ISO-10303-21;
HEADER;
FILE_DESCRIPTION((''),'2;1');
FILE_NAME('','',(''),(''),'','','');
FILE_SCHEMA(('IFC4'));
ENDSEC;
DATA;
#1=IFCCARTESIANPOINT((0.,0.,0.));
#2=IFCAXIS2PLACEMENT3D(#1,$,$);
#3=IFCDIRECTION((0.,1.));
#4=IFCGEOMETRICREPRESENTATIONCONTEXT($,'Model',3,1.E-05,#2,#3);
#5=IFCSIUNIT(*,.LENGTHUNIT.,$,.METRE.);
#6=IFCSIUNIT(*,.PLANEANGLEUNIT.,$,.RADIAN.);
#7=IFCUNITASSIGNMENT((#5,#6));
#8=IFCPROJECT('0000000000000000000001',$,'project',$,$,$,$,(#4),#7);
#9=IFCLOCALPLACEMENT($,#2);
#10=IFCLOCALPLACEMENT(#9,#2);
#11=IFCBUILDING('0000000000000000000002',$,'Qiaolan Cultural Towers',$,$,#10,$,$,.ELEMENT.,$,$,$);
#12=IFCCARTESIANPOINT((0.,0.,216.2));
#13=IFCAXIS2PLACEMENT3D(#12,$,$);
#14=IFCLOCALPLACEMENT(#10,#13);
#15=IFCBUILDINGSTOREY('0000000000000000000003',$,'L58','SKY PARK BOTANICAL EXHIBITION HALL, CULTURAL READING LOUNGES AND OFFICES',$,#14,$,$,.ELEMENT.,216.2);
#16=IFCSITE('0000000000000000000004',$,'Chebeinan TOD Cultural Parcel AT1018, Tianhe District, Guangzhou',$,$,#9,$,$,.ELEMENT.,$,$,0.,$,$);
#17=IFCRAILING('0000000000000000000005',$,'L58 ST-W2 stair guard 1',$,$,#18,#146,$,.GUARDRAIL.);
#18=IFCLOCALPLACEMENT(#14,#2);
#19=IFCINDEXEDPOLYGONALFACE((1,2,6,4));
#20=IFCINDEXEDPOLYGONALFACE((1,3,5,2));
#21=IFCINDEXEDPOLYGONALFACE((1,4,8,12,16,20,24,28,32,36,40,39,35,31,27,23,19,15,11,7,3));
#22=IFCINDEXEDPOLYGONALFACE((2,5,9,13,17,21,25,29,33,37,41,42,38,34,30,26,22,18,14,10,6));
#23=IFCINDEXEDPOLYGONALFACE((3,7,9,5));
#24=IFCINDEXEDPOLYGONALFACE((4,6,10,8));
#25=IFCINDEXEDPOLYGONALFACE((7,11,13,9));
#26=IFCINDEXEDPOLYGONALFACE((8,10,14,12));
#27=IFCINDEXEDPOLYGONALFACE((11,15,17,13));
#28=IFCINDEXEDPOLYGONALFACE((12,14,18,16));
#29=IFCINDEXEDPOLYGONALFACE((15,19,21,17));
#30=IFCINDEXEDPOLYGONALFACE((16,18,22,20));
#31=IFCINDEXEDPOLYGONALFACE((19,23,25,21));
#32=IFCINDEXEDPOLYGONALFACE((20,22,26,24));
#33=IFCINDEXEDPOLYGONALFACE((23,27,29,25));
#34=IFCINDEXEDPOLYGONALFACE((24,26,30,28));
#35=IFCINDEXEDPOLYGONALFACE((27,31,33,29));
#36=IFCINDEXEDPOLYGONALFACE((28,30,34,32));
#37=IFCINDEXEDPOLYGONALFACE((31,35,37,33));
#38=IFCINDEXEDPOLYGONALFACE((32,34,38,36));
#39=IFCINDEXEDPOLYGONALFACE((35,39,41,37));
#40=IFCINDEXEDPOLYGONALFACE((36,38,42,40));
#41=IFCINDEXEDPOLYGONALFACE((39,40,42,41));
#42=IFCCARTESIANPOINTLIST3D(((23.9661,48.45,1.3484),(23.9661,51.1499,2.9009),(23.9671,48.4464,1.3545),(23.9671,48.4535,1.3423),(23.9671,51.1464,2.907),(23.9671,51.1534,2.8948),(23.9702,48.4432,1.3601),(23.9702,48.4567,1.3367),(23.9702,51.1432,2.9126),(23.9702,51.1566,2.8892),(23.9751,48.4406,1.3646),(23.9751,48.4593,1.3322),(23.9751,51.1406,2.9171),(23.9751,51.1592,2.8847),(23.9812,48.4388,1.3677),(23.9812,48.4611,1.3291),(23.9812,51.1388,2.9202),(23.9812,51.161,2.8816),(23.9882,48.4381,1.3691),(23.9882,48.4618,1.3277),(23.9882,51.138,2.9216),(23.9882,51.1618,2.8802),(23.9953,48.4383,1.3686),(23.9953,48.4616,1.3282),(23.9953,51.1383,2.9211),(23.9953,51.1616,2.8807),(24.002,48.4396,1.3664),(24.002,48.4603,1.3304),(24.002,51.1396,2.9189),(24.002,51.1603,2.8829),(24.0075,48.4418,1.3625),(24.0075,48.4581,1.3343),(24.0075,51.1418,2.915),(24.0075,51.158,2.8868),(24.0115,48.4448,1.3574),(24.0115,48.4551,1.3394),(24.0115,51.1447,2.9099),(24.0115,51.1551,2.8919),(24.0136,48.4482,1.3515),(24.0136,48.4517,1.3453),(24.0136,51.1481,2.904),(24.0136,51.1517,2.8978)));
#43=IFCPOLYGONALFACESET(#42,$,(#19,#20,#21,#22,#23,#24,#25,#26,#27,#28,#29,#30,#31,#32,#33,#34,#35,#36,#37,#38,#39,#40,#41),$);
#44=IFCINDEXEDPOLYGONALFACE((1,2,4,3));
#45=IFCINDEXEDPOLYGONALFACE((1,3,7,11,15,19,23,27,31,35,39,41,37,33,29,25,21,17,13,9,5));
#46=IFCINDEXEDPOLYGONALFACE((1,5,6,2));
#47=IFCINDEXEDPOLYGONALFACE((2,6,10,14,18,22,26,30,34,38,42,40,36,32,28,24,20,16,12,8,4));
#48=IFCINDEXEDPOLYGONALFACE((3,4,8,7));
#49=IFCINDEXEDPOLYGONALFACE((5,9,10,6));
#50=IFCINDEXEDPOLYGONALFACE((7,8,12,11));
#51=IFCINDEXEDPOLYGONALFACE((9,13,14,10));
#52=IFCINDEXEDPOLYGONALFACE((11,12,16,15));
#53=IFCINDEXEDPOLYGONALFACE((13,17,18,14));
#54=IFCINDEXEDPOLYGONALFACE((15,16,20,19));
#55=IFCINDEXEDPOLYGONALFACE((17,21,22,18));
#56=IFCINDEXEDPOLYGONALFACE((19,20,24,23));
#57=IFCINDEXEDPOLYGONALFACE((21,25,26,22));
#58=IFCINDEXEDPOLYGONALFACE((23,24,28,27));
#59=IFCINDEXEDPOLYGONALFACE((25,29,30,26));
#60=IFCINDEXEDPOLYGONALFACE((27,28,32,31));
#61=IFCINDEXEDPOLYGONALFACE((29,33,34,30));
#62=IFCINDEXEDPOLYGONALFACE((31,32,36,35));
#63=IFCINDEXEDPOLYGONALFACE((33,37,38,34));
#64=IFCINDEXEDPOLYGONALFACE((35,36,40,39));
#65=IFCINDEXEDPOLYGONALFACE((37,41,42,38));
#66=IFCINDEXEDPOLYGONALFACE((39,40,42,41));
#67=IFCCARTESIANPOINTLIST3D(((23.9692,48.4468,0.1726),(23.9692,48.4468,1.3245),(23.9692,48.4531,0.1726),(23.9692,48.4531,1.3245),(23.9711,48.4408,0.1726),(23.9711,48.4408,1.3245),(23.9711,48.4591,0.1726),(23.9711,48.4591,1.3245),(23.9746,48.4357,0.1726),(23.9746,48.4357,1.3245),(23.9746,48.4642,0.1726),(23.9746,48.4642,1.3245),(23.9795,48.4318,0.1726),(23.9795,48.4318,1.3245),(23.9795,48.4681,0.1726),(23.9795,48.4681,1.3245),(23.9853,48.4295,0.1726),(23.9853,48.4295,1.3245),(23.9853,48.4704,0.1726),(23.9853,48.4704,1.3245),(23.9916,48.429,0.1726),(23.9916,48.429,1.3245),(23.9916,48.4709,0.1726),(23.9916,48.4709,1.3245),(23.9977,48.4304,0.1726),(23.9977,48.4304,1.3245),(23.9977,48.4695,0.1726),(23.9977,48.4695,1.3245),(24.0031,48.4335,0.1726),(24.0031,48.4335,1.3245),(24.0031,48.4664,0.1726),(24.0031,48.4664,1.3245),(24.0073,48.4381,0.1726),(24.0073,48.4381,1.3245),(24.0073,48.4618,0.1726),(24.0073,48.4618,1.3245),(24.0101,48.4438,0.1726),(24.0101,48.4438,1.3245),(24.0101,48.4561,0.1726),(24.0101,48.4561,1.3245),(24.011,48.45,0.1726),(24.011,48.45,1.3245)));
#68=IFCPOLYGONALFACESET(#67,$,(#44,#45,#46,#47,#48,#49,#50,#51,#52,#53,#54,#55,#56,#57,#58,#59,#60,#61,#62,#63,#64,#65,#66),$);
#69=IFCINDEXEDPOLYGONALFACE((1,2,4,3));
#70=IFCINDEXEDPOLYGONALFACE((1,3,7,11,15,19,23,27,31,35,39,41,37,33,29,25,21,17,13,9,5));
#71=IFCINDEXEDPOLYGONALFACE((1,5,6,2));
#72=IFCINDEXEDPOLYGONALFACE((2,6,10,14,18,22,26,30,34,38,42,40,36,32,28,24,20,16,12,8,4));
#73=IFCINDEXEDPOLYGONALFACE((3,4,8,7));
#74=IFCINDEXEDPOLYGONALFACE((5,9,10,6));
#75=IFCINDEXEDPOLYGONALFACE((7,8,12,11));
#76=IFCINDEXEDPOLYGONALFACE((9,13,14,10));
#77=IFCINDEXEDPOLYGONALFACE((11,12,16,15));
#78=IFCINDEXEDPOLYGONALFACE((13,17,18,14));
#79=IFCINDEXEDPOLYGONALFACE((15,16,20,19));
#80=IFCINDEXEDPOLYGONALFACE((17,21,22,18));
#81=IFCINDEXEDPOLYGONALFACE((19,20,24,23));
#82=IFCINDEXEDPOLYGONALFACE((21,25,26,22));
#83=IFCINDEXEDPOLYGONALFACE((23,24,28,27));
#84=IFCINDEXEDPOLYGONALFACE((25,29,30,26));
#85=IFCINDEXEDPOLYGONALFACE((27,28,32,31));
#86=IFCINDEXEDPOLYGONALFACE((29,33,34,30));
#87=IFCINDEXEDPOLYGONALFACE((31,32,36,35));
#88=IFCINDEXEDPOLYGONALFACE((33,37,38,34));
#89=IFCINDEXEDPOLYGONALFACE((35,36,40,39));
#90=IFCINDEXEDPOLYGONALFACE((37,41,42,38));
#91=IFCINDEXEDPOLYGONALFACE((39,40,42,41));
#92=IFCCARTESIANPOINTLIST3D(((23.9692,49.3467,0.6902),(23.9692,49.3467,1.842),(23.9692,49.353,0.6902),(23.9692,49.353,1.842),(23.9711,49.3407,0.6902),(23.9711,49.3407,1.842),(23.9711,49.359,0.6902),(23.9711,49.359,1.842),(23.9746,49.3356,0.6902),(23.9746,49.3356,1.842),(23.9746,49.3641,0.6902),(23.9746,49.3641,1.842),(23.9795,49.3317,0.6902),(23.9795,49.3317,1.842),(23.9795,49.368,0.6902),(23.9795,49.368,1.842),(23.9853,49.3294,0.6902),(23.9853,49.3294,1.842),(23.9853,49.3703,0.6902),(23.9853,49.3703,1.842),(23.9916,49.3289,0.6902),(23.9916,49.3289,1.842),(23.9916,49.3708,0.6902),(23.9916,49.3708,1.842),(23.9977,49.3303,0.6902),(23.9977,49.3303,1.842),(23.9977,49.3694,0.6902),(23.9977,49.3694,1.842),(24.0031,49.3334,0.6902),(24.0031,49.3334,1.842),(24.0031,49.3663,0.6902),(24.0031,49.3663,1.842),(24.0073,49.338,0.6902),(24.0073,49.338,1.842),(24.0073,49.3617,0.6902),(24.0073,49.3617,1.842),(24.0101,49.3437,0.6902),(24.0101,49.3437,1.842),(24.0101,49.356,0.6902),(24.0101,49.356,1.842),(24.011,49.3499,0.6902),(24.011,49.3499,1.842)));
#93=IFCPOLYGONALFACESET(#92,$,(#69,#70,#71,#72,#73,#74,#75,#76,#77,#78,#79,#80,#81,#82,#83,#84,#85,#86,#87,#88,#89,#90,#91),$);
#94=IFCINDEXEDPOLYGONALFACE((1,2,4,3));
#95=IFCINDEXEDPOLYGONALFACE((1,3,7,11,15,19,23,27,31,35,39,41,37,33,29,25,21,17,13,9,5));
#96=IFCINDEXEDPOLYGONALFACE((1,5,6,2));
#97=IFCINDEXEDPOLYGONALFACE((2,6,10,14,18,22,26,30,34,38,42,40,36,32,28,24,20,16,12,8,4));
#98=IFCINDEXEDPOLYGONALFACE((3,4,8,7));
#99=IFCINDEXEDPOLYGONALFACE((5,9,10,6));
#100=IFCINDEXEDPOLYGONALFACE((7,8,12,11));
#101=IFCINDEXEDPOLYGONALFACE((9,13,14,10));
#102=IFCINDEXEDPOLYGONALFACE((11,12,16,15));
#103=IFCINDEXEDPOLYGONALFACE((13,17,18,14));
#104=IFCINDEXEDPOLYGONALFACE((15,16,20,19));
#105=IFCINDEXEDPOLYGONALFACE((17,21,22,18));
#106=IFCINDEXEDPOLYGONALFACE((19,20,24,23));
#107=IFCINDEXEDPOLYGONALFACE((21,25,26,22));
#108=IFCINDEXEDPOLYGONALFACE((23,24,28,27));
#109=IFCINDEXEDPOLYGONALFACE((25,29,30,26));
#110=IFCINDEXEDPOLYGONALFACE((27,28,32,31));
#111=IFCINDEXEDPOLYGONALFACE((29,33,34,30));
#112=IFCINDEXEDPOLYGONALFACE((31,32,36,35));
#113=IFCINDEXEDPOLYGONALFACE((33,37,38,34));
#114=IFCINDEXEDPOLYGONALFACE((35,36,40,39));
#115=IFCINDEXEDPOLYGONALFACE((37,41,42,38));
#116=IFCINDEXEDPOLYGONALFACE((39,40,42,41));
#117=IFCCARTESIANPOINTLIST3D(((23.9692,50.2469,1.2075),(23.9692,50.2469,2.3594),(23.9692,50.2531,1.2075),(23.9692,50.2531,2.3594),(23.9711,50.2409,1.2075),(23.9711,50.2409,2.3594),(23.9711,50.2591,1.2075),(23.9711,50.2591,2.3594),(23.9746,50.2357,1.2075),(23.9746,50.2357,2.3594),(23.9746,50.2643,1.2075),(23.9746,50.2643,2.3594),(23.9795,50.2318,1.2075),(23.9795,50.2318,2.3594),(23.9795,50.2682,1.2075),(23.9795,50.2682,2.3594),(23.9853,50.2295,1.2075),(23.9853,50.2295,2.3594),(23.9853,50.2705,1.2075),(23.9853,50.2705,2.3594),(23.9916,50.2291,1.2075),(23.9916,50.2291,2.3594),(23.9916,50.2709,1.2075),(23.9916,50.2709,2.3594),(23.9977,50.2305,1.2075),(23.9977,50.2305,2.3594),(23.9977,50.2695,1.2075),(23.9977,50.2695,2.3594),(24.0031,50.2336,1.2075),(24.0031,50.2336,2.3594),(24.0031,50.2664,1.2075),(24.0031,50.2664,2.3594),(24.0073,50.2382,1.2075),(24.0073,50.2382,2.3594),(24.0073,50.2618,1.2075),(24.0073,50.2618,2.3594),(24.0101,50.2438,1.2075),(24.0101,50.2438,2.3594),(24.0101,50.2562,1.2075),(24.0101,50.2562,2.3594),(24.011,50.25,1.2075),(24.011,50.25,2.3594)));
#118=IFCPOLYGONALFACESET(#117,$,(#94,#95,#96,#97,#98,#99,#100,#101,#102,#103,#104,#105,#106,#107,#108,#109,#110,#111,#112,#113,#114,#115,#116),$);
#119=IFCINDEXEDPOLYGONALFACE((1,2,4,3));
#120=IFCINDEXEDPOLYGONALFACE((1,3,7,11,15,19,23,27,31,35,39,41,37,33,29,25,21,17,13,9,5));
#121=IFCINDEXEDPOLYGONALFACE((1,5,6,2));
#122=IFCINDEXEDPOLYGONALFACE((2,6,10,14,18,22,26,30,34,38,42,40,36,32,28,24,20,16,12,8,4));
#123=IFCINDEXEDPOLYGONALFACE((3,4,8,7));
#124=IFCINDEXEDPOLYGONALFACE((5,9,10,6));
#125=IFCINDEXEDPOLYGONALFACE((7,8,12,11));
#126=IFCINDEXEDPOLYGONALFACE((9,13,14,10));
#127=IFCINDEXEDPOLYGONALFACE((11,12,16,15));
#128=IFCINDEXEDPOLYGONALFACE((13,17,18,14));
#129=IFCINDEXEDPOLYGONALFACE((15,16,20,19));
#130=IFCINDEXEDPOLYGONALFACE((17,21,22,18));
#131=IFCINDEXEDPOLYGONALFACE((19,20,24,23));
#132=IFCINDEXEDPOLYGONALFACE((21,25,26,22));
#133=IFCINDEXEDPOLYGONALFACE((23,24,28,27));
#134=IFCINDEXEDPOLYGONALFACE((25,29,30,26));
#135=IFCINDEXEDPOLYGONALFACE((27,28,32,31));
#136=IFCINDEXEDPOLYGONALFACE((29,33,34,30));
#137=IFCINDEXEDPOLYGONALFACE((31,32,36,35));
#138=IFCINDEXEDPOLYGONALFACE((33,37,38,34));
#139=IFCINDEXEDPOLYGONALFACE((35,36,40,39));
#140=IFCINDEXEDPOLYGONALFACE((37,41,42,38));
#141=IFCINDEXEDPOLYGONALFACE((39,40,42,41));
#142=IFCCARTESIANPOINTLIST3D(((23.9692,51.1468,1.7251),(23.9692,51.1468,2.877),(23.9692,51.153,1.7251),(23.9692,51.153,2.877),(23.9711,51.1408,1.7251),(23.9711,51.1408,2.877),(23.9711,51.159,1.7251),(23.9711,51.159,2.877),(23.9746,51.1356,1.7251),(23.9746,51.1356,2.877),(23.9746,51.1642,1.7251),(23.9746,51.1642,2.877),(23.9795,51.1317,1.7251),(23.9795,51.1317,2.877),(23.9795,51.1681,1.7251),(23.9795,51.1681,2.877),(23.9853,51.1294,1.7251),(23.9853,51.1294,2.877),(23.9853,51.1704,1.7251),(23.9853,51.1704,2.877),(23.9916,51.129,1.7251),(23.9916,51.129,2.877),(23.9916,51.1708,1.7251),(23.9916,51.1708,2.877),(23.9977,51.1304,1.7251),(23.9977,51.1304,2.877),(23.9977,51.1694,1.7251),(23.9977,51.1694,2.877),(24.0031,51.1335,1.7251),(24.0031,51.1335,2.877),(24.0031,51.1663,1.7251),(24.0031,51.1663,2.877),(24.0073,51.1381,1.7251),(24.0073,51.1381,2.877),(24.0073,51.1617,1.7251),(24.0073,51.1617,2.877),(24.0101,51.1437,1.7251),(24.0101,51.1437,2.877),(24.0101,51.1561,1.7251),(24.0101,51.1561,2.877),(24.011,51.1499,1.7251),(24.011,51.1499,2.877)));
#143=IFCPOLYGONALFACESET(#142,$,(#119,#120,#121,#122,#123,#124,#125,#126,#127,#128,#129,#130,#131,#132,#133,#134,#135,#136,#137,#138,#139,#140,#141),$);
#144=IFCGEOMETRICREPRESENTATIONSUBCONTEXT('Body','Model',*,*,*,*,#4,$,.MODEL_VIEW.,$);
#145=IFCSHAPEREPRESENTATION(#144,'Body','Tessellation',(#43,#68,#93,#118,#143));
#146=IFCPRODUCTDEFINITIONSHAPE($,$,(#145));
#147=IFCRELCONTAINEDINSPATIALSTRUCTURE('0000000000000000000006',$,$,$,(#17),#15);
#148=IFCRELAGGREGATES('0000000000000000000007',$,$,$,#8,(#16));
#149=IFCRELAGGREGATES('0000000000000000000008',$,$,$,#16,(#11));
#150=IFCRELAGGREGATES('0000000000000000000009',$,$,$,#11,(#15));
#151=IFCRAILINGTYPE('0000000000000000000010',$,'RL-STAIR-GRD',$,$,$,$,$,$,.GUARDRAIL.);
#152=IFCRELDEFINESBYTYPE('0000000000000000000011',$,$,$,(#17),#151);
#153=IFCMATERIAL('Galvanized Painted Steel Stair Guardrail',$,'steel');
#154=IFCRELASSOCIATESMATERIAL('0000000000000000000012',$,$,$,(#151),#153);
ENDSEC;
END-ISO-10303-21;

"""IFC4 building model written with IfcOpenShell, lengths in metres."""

from ifc_helpers import new_model, si_unit, direction, frame, origin, origin_2d, place, context, subcontext, project, spatial, circle, extrude, material, type_object, element, save


model = new_model("IFC4")

# Units and contexts
model_context = context("Model", 3, precision=1e-05, world=origin(), true_north=direction((0.0, 1.0)))
body_context = subcontext(model_context, "Body", "Model", "MODEL_VIEW")
ifc_project = project(units=[si_unit("LENGTHUNIT", "METRE"), si_unit("PLANEANGLEUNIT", "RADIAN")], contexts=[model_context])

# Site, building, storey
site_placement = place(None, origin())
site = spatial("IfcSite", under=ifc_project, at=site_placement, Name="Chebeinan TOD Cultural Parcel AT1018, Tianhe District, Guangzhou", CompositionType="ELEMENT", RefElevation=0.0)
building_placement = place(site_placement, origin())
building = spatial("IfcBuilding", under=site, at=building_placement, Name="Qiaolan Cultural Towers", CompositionType="ELEMENT")
storey_placement = place(building_placement, frame((0.0, 0.0, 216.2)))
storey = spatial("IfcBuildingStorey", under=building, at=storey_placement, Name="L58", Description="SKY PARK BOTANICAL EXHIBITION HALL, CULTURAL READING LOUNGES AND OFFICES", CompositionType="ELEMENT", Elevation=216.2)

# Railing
ifc_material_1 = material(Name="Galvanized Painted Steel Stair Guardrail", Category="steel")
railing_type_1 = type_object("IfcRailingType", Name="RL-STAIR-GRD", PredefinedType="GUARDRAIL", material=ifc_material_1)
railing_1_placement = place(storey_placement, frame((23.99, 48.45, 0.1726)))
element("IfcRailing", 1, at=railing_1_placement, inside=storey, type_object=railing_type_1, Name="L58 ST-W2 stair guard 1", PredefinedType="GUARDRAIL", context=body_context, shape_type="SweptSolid", body=[
    extrude(circle(Radius=0.0239, at=origin_2d()), frame((0.0, 0.0, 1.1758), z_axis=(0.0, 0.866904, 0.498476), x_axis=(-1.0, 0.0, 0.0)), (0.0, 0.0, 1.0), 3.1145),
    extrude(circle(Radius=0.021, at=origin_2d()), origin(), (0.0, 0.0, 1.0), 1.1519),
    extrude(circle(Radius=0.021, at=origin_2d()), frame((0.0, 0.8999, 0.5176)), (0.0, 0.0, 1.0), 1.1519),
    extrude(circle(Radius=0.021, at=origin_2d()), frame((0.0, 1.8, 1.0349)), (0.0, 0.0, 1.0), 1.1519),
    extrude(circle(Radius=0.021, at=origin_2d()), frame((0.0, 2.7, 1.5525)), (0.0, 0.0, 1.0), 1.1519),
])

save(model, "model.ifc")
